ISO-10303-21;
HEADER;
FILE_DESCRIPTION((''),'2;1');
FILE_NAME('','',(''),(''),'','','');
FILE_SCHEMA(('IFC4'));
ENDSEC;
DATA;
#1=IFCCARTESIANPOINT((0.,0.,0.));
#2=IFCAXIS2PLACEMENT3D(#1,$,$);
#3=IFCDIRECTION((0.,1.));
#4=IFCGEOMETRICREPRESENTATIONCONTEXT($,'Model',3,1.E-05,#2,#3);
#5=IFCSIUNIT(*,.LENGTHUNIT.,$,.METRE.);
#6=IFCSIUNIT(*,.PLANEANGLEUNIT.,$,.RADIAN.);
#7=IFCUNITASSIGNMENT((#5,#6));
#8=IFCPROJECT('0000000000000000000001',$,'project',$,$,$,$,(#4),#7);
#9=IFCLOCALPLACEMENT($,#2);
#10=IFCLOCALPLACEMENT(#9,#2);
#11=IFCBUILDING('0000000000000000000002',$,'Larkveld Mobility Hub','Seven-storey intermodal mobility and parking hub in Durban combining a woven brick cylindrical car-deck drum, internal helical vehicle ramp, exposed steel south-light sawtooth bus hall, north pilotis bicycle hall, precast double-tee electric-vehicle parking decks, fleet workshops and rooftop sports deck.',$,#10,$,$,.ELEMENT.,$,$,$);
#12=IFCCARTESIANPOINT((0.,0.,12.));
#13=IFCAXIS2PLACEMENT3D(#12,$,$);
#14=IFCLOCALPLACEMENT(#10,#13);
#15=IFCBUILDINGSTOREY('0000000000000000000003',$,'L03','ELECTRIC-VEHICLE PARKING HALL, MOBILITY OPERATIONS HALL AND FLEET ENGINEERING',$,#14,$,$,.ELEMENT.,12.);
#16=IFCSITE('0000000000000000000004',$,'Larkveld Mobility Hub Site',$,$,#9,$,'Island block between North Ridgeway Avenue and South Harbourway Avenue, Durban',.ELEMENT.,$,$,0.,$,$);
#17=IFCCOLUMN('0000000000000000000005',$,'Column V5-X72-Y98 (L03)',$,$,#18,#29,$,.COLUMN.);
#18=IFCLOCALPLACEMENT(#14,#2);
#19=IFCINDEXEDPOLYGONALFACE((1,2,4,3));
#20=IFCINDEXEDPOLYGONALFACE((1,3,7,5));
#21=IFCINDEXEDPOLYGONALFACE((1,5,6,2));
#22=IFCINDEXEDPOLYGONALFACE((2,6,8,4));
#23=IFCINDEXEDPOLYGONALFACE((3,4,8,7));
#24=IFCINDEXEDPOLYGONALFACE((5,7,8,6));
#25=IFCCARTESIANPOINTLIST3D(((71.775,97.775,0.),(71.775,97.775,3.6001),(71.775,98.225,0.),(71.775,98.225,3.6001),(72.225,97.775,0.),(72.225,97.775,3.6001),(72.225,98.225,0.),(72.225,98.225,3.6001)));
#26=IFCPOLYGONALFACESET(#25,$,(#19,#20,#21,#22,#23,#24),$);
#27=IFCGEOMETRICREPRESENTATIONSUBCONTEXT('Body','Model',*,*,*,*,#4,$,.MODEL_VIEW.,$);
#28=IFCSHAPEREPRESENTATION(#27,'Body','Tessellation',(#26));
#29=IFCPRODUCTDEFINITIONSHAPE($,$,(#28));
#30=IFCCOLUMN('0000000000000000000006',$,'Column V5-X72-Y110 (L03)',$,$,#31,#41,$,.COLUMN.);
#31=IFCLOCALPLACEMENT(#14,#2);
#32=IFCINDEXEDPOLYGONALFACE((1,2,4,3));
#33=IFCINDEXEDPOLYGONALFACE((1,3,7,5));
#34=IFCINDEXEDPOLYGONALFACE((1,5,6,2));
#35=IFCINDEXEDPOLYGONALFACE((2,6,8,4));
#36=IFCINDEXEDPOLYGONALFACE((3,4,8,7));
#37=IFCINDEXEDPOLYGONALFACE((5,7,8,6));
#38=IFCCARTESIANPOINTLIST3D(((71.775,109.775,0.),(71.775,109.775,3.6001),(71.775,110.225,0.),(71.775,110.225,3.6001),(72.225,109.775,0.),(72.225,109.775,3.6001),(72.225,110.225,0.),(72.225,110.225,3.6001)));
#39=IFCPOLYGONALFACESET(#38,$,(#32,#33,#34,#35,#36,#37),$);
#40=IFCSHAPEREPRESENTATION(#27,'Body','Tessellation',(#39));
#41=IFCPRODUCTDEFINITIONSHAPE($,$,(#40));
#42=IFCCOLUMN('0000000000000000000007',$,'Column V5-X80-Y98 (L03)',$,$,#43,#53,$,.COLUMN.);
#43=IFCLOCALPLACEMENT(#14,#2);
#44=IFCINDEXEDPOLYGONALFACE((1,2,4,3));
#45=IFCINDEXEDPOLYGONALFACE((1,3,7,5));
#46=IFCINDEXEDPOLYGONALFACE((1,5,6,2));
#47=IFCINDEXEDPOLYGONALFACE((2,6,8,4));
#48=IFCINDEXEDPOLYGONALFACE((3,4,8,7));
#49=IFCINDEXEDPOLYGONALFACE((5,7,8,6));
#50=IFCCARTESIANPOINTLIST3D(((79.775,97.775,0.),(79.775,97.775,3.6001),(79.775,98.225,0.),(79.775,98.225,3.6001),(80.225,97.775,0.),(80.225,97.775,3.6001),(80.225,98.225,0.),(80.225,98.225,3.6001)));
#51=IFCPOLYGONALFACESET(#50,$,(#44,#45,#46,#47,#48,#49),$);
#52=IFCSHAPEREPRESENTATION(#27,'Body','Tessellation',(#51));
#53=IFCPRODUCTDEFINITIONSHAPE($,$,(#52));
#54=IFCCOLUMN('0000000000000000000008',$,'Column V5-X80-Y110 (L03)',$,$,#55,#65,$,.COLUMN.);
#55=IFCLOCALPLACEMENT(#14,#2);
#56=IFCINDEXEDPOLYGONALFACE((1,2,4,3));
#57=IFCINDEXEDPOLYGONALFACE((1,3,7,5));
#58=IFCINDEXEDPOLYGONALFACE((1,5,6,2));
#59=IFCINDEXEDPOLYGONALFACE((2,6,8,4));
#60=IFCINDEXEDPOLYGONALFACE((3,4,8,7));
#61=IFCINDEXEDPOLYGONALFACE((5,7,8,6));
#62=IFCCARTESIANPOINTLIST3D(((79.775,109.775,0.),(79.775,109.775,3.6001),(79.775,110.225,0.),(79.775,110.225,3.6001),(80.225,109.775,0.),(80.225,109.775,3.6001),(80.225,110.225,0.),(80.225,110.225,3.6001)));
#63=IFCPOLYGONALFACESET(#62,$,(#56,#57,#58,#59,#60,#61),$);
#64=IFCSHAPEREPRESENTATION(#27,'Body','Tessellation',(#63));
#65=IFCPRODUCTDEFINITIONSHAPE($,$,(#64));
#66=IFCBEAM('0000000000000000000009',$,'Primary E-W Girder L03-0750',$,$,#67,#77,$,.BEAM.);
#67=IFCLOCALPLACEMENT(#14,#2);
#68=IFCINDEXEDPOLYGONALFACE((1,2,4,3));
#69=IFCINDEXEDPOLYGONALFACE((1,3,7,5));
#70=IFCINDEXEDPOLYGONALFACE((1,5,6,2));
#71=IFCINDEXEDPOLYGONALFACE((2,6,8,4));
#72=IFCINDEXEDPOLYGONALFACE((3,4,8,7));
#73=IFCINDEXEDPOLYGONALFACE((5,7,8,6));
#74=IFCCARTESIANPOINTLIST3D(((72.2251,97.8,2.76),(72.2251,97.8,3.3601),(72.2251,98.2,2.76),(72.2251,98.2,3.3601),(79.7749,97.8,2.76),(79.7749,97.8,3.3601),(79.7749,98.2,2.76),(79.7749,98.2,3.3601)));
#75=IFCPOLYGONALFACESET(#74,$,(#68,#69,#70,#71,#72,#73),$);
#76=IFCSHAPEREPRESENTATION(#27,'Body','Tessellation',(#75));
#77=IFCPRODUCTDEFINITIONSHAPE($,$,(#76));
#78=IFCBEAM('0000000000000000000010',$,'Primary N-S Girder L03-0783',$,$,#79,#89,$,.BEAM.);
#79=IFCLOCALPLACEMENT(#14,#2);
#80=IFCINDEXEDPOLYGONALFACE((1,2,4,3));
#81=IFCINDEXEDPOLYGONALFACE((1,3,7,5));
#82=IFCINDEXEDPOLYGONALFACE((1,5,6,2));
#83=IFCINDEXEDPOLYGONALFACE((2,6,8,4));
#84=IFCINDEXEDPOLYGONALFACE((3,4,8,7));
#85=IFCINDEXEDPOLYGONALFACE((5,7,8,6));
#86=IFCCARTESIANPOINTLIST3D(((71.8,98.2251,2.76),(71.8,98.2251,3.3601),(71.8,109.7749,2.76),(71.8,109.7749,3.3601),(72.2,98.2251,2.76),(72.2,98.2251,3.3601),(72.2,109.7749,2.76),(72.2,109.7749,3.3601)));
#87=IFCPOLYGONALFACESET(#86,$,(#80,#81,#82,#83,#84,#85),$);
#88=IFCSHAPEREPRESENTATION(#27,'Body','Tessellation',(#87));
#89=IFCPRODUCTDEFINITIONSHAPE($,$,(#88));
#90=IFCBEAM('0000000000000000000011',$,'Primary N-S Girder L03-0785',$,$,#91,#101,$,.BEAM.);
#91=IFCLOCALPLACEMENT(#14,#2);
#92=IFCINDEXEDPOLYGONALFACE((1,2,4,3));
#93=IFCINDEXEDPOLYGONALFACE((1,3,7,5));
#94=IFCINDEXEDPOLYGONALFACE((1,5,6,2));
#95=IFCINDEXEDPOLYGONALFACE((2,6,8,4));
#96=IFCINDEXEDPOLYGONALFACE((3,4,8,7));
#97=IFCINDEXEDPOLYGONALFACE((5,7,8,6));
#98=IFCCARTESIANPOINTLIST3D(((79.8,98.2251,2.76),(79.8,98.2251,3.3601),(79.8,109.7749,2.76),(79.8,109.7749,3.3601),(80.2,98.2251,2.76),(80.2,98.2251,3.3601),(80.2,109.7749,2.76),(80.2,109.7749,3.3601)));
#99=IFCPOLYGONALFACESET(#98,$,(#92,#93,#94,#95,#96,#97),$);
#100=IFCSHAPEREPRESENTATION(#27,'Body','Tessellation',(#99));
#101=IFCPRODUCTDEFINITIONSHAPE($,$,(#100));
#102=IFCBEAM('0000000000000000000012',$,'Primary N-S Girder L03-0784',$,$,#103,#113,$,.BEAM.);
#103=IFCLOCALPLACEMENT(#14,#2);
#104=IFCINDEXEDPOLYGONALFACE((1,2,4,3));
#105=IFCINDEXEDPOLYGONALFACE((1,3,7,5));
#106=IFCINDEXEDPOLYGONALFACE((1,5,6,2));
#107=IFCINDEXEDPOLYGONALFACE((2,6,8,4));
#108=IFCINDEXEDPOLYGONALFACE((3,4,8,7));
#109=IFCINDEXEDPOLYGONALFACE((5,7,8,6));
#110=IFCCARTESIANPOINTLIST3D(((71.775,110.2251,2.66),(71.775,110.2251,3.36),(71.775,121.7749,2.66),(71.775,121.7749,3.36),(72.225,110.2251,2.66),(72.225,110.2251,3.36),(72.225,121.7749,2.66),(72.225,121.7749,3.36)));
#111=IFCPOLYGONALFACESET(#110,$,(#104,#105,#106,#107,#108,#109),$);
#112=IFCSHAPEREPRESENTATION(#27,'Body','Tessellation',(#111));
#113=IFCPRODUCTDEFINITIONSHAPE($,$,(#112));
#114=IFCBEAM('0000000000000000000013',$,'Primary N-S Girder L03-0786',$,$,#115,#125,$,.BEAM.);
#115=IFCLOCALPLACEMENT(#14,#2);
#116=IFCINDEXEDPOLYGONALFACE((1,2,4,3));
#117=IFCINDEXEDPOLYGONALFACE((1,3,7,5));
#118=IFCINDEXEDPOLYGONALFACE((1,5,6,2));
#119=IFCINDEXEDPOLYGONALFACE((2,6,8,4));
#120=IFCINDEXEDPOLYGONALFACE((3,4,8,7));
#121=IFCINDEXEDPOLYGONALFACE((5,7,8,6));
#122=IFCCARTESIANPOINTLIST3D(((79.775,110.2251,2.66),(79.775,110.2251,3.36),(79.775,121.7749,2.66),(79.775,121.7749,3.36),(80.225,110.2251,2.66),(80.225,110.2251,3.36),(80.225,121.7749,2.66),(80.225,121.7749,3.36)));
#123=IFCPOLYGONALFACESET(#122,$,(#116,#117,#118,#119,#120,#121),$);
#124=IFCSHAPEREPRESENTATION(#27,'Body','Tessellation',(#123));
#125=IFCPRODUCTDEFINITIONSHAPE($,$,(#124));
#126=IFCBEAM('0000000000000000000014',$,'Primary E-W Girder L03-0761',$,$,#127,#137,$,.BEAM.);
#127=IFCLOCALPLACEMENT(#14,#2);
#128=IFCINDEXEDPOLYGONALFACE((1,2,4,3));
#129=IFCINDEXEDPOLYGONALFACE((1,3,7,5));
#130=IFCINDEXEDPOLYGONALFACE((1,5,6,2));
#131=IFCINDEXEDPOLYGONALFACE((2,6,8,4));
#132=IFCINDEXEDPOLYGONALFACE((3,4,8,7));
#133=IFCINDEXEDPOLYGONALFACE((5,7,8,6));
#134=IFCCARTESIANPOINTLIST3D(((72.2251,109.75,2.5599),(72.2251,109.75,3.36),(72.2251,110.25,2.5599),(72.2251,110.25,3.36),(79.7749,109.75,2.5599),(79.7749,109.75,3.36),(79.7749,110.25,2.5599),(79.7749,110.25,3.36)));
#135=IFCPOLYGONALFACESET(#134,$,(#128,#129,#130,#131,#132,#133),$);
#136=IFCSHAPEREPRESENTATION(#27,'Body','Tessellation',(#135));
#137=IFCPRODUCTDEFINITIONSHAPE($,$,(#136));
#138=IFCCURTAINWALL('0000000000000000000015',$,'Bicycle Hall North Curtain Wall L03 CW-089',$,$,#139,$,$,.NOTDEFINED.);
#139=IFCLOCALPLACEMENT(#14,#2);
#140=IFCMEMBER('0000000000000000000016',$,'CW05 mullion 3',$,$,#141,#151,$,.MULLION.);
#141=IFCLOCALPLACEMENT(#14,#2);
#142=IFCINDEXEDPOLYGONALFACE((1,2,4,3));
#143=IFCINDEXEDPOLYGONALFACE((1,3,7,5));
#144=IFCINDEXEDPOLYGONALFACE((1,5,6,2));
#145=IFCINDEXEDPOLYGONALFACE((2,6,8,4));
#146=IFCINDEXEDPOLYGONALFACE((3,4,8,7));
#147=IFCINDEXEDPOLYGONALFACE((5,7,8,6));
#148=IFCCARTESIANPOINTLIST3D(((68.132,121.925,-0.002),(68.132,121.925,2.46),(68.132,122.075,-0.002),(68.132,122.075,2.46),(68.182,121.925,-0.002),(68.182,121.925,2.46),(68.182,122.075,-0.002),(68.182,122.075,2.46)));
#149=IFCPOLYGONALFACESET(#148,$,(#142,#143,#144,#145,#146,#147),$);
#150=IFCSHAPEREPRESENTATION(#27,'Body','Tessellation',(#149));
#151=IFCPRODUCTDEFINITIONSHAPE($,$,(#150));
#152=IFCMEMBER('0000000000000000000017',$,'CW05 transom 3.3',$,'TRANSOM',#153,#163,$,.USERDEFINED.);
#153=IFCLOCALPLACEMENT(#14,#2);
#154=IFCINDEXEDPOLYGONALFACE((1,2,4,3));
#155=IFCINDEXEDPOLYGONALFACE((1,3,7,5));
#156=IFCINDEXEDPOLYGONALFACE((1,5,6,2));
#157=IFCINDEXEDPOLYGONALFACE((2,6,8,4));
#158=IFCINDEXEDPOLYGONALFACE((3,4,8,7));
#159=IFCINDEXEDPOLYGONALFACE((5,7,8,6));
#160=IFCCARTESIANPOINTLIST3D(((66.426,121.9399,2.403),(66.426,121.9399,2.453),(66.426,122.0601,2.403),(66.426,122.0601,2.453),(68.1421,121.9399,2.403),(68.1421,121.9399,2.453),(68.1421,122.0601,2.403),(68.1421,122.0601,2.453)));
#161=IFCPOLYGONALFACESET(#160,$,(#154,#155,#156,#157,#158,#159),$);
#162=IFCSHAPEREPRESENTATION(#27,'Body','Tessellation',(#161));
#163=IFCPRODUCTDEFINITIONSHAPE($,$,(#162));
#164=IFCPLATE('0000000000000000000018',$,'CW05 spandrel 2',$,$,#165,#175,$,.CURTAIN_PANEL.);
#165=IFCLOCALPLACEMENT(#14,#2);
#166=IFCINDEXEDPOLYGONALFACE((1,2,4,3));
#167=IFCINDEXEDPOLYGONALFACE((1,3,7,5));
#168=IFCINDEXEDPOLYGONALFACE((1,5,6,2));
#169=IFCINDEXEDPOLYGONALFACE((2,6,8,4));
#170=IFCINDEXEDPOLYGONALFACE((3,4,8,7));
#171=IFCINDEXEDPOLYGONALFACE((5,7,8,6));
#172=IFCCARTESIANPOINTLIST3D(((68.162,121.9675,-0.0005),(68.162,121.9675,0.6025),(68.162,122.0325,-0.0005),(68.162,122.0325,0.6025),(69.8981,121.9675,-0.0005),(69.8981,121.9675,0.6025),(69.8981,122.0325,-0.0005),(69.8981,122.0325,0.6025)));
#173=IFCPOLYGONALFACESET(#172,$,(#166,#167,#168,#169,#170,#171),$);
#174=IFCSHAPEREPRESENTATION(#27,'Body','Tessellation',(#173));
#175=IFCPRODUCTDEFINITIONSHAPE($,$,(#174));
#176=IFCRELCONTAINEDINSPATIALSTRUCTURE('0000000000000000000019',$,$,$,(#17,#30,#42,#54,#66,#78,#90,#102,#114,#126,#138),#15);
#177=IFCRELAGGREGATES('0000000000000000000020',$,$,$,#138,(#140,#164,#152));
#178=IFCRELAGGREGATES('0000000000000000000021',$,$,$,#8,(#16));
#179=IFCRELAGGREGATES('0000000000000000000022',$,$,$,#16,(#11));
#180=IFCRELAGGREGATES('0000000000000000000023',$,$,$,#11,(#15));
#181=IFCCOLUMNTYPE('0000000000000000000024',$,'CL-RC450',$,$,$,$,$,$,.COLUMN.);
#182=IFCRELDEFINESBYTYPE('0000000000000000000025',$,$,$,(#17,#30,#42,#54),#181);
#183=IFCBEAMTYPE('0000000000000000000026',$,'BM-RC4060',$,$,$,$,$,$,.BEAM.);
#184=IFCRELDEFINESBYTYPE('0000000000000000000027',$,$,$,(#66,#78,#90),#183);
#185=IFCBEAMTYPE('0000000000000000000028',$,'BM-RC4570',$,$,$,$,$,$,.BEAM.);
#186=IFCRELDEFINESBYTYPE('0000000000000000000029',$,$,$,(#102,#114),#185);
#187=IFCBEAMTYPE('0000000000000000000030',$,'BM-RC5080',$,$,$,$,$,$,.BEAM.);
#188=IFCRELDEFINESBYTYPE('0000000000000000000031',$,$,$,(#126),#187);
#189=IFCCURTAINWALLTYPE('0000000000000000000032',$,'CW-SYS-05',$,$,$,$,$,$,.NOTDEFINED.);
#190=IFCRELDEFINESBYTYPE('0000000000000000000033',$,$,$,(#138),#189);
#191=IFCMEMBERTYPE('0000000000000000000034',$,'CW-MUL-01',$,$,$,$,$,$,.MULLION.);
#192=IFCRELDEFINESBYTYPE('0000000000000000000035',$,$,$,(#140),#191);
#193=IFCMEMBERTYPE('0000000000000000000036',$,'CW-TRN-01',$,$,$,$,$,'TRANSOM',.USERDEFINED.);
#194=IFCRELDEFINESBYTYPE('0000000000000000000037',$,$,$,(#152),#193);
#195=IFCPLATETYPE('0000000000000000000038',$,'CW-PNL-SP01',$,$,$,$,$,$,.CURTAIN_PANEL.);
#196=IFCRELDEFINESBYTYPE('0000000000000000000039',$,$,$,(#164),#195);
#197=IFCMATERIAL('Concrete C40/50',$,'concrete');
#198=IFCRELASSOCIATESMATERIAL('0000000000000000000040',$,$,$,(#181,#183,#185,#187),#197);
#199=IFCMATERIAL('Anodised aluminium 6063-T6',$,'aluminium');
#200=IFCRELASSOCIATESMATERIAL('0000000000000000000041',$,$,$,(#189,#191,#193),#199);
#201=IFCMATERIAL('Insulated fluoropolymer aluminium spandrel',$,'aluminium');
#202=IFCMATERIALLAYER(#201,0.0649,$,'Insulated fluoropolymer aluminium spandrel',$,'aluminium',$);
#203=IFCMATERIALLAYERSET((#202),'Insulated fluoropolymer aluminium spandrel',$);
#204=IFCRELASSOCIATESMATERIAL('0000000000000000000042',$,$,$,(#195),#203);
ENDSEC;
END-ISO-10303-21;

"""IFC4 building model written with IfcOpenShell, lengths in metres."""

from ifc_helpers import new_model, si_unit, direction, frame, origin, origin_2d, place, context, subcontext, project, spatial, rectangle, extrude, material, layer, layer_set, material_profile, profile_set, type_object, element, aggregate, save


model = new_model("IFC4")

# Units and contexts
model_context = context("Model", 3, precision=1e-05, world=origin(), true_north=direction((0.0, 1.0)))
body_context = subcontext(model_context, "Body", "Model", "MODEL_VIEW")
ifc_project = project(units=[si_unit("LENGTHUNIT", "METRE"), si_unit("PLANEANGLEUNIT", "RADIAN")], contexts=[model_context])

# Site, building, storey
site_placement = place(None, origin())
site = spatial("IfcSite", under=ifc_project, at=site_placement, Name="Larkveld Mobility Hub Site", LongName="Island block between North Ridgeway Avenue and South Harbourway Avenue, Durban", CompositionType="ELEMENT", RefElevation=0.0)
building_placement = place(site_placement, origin())
building = spatial("IfcBuilding", under=site, at=building_placement, Name="Larkveld Mobility Hub", Description="Seven-storey intermodal mobility and parking hub in Durban combining a woven brick cylindrical car-deck drum, internal helical vehicle ramp, exposed steel south-light sawtooth bus hall, north pilotis bicycle hall, precast double-tee electric-vehicle parking decks, fleet workshops and rooftop sports deck.", CompositionType="ELEMENT")
storey_placement = place(building_placement, frame((0.0, 0.0, 12.0)))
storey = spatial("IfcBuildingStorey", under=building, at=storey_placement, Name="L03", Description="ELECTRIC-VEHICLE PARKING HALL, MOBILITY OPERATIONS HALL AND FLEET ENGINEERING", CompositionType="ELEMENT", Elevation=12.0)

# Columns
ifc_material_1 = material(Name="Concrete C40/50", Category="concrete")
ifc_material_profile_1 = material_profile(ifc_material_1, rectangle(XDim=0.45, YDim=0.45, at=origin_2d()), Name="RC COL 450x450")
ifc_profile_set_1 = profile_set([ifc_material_profile_1], Name="Concrete C40/50")
column_type = type_object("IfcColumnType", Name="CL-RC450", PredefinedType="COLUMN", material=ifc_profile_set_1)
for number, where, z_axis, x_axis, name in (
    (1, (72.0, 98.0, 0.0), (0.0, 0.0, 1.0), (1.0, 0.0, 0.0), "Column V5-X72-Y98 (L03)"),
    (2, (72.0, 110.0, 0.0), (0.0, 0.0, 1.0), (1.0, 0.0, 0.0), "Column V5-X72-Y110 (L03)"),
    (3, (80.0, 98.0, 0.0), (0.0, 0.0, 1.0), (1.0, 0.0, 0.0), "Column V5-X80-Y98 (L03)"),
    (4, (80.0, 110.0, 0.0), (0.0, 0.0, 1.0), (1.0, 0.0, 0.0), "Column V5-X80-Y110 (L03)"),
):
    element("IfcColumn", number, at=place(storey_placement, frame(where, z_axis=z_axis, x_axis=x_axis)), inside=storey, type_object=column_type, Name=name, PredefinedType="COLUMN", context=body_context, shape_type="SweptSolid", body=[
        extrude(rectangle(XDim=0.45, YDim=0.45, at=origin_2d()), origin(), (0.0, 0.0, 1.0), 3.6001),
    ])

# Beams
ifc_material_profile_2 = material_profile(ifc_material_1, rectangle(XDim=0.3999, YDim=0.6001, at=origin_2d()), Name="RC BM 400x600")
ifc_profile_set_2 = profile_set([ifc_material_profile_2], Name="Concrete C40/50")
beam_type_1 = type_object("IfcBeamType", Name="BM-RC4060", PredefinedType="BEAM", material=ifc_profile_set_2)
beam_1_placement = place(storey_placement, frame((72.2251, 98.0, 3.0601), z_axis=(1.0, 0.0, 0.0), x_axis=(0.0, 1.0, 0.0)))
element("IfcBeam", 5, at=beam_1_placement, inside=storey, type_object=beam_type_1, Name="Primary E-W Girder L03-0750", PredefinedType="BEAM", context=body_context, shape_type="SweptSolid", body=[
    extrude(rectangle(XDim=0.3999, YDim=0.6001, at=origin_2d()), origin(), (0.0, 0.0, 1.0), 7.5498),
])
for number, where, z_axis, x_axis, name in (
    (6, (72.0, 98.2251, 3.0601), (0.0, 1.0, 0.0), (-1.0, 0.0, 0.0), "Primary N-S Girder L03-0783"),
    (7, (80.0, 98.2251, 3.0601), (0.0, 1.0, 0.0), (-1.0, 0.0, 0.0), "Primary N-S Girder L03-0785"),
):
    element("IfcBeam", number, at=place(storey_placement, frame(where, z_axis=z_axis, x_axis=x_axis)), inside=storey, type_object=beam_type_1, Name=name, PredefinedType="BEAM", context=body_context, shape_type="SweptSolid", body=[
        extrude(rectangle(XDim=0.3999, YDim=0.6001, at=origin_2d()), origin(), (0.0, 0.0, 1.0), 11.5498),
    ])
ifc_material_profile_3 = material_profile(ifc_material_1, rectangle(XDim=0.45, YDim=0.7, at=origin_2d()), Name="RC BM 450x700")
ifc_profile_set_3 = profile_set([ifc_material_profile_3], Name="Concrete C40/50")
beam_type_2 = type_object("IfcBeamType", Name="BM-RC4570", PredefinedType="BEAM", material=ifc_profile_set_3)
for number, where, z_axis, x_axis, name in (
    (8, (72.0, 110.2251, 3.01), (0.0, 1.0, 0.0), (-1.0, 0.0, 0.0), "Primary N-S Girder L03-0784"),
    (9, (80.0, 110.2251, 3.01), (0.0, 1.0, 0.0), (-1.0, 0.0, 0.0), "Primary N-S Girder L03-0786"),
):
    element("IfcBeam", number, at=place(storey_placement, frame(where, z_axis=z_axis, x_axis=x_axis)), inside=storey, type_object=beam_type_2, Name=name, PredefinedType="BEAM", context=body_context, shape_type="SweptSolid", body=[
        extrude(rectangle(XDim=0.45, YDim=0.7, at=origin_2d()), origin(), (0.0, 0.0, 1.0), 11.5498),
    ])
ifc_material_profile_4 = material_profile(ifc_material_1, rectangle(XDim=0.5, YDim=0.8, at=origin_2d()), Name="RC BM 500x800")
ifc_profile_set_4 = profile_set([ifc_material_profile_4], Name="Concrete C40/50")
beam_type_3 = type_object("IfcBeamType", Name="BM-RC5080", PredefinedType="BEAM", material=ifc_profile_set_4)
beam_2_placement = place(storey_placement, frame((72.2251, 110.0, 2.96), z_axis=(1.0, 0.0, 0.0), x_axis=(0.0, 1.0, 0.0)))
element("IfcBeam", 10, at=beam_2_placement, inside=storey, type_object=beam_type_3, Name="Primary E-W Girder L03-0761", PredefinedType="BEAM", context=body_context, shape_type="SweptSolid", body=[
    extrude(rectangle(XDim=0.5, YDim=0.8, at=origin_2d()), origin(), (0.0, 0.0, 1.0), 7.5498),
])

# Curtain wall, members, plate
ifc_material_2 = material(Name="Anodised aluminium 6063-T6", Category="aluminium")
curtain_wall_type = type_object("IfcCurtainWallType", Name="CW-SYS-05", PredefinedType="NOTDEFINED", material=ifc_material_2)
curtain_wall_placement = place(storey_placement, origin())
curtain_wall = element("IfcCurtainWall", 11, at=curtain_wall_placement, inside=storey, type_object=curtain_wall_type, Name="Bicycle Hall North Curtain Wall L03 CW-089", PredefinedType="NOTDEFINED")
ifc_material_profile_5 = material_profile(ifc_material_2, rectangle(XDim=0.05, YDim=0.1499, at=origin_2d()), Name="ALU MULL 50x150")
ifc_profile_set_5 = profile_set([ifc_material_profile_5], Name="Anodised aluminium 6063-T6")
member_type_1 = type_object("IfcMemberType", Name="CW-MUL-01", PredefinedType="MULLION", material=ifc_profile_set_5)
member_1_placement = place(storey_placement, frame((68.157, 122.0, -0.002), z_axis=(0.0, 0.0, 1.0), x_axis=(-1.0, 0.0, 0.0)))
member_1 = element("IfcMember", 12, at=member_1_placement, type_object=member_type_1, Name="CW05 mullion 3", PredefinedType="MULLION", context=body_context, shape_type="SweptSolid", body=[
    extrude(rectangle(XDim=0.05, YDim=0.1499, at=origin_2d()), origin(), (0.0, 0.0, 1.0), 2.4619),
])
ifc_material_profile_6 = material_profile(ifc_material_2, rectangle(XDim=0.1201, YDim=0.05, at=origin_2d()), Name="ALU TRAN 50x120")
ifc_profile_set_6 = profile_set([ifc_material_profile_6], Name="Anodised aluminium 6063-T6")
member_type_2 = type_object("IfcMemberType", Name="CW-TRN-01", ElementType="TRANSOM", PredefinedType="USERDEFINED", material=ifc_profile_set_6)
member_2_placement = place(storey_placement, frame((68.1421, 122.0, 2.428), z_axis=(-1.0, 0.0, 0.0), x_axis=(0.0, -1.0, 0.0)))
member_2 = element("IfcMember", 13, at=member_2_placement, type_object=member_type_2, Name="CW05 transom 3.3", ObjectType="TRANSOM", PredefinedType="USERDEFINED", context=body_context, shape_type="SweptSolid", body=[
    extrude(rectangle(XDim=0.1201, YDim=0.05, at=origin_2d()), origin(), (0.0, 0.0, 1.0), 1.7161),
])
ifc_material_3 = material(Name="Insulated fluoropolymer aluminium spandrel", Category="aluminium")
ifc_layer = layer(ifc_material_3, 0.0649, Name="Insulated fluoropolymer aluminium spandrel", Category="aluminium")
ifc_layer_set = layer_set([ifc_layer], Name="Insulated fluoropolymer aluminium spandrel")
plate_type = type_object("IfcPlateType", Name="CW-PNL-SP01", PredefinedType="CURTAIN_PANEL", material=ifc_layer_set)
plate_placement = place(storey_placement, frame((69.03, 122.0, -0.0005), z_axis=(0.0, 0.0, 1.0), x_axis=(-1.0, 0.0, 0.0)))
plate = element("IfcPlate", 14, at=plate_placement, type_object=plate_type, Name="CW05 spandrel 2", PredefinedType="CURTAIN_PANEL", context=body_context, shape_type="SweptSolid", body=[
    extrude(rectangle(XDim=1.7361, YDim=0.0649, at=origin_2d()), origin(), (0.0, 0.0, 1.0), 0.603),
])
aggregate(curtain_wall, [member_1, plate, member_2])

save(model, "model.ifc")
